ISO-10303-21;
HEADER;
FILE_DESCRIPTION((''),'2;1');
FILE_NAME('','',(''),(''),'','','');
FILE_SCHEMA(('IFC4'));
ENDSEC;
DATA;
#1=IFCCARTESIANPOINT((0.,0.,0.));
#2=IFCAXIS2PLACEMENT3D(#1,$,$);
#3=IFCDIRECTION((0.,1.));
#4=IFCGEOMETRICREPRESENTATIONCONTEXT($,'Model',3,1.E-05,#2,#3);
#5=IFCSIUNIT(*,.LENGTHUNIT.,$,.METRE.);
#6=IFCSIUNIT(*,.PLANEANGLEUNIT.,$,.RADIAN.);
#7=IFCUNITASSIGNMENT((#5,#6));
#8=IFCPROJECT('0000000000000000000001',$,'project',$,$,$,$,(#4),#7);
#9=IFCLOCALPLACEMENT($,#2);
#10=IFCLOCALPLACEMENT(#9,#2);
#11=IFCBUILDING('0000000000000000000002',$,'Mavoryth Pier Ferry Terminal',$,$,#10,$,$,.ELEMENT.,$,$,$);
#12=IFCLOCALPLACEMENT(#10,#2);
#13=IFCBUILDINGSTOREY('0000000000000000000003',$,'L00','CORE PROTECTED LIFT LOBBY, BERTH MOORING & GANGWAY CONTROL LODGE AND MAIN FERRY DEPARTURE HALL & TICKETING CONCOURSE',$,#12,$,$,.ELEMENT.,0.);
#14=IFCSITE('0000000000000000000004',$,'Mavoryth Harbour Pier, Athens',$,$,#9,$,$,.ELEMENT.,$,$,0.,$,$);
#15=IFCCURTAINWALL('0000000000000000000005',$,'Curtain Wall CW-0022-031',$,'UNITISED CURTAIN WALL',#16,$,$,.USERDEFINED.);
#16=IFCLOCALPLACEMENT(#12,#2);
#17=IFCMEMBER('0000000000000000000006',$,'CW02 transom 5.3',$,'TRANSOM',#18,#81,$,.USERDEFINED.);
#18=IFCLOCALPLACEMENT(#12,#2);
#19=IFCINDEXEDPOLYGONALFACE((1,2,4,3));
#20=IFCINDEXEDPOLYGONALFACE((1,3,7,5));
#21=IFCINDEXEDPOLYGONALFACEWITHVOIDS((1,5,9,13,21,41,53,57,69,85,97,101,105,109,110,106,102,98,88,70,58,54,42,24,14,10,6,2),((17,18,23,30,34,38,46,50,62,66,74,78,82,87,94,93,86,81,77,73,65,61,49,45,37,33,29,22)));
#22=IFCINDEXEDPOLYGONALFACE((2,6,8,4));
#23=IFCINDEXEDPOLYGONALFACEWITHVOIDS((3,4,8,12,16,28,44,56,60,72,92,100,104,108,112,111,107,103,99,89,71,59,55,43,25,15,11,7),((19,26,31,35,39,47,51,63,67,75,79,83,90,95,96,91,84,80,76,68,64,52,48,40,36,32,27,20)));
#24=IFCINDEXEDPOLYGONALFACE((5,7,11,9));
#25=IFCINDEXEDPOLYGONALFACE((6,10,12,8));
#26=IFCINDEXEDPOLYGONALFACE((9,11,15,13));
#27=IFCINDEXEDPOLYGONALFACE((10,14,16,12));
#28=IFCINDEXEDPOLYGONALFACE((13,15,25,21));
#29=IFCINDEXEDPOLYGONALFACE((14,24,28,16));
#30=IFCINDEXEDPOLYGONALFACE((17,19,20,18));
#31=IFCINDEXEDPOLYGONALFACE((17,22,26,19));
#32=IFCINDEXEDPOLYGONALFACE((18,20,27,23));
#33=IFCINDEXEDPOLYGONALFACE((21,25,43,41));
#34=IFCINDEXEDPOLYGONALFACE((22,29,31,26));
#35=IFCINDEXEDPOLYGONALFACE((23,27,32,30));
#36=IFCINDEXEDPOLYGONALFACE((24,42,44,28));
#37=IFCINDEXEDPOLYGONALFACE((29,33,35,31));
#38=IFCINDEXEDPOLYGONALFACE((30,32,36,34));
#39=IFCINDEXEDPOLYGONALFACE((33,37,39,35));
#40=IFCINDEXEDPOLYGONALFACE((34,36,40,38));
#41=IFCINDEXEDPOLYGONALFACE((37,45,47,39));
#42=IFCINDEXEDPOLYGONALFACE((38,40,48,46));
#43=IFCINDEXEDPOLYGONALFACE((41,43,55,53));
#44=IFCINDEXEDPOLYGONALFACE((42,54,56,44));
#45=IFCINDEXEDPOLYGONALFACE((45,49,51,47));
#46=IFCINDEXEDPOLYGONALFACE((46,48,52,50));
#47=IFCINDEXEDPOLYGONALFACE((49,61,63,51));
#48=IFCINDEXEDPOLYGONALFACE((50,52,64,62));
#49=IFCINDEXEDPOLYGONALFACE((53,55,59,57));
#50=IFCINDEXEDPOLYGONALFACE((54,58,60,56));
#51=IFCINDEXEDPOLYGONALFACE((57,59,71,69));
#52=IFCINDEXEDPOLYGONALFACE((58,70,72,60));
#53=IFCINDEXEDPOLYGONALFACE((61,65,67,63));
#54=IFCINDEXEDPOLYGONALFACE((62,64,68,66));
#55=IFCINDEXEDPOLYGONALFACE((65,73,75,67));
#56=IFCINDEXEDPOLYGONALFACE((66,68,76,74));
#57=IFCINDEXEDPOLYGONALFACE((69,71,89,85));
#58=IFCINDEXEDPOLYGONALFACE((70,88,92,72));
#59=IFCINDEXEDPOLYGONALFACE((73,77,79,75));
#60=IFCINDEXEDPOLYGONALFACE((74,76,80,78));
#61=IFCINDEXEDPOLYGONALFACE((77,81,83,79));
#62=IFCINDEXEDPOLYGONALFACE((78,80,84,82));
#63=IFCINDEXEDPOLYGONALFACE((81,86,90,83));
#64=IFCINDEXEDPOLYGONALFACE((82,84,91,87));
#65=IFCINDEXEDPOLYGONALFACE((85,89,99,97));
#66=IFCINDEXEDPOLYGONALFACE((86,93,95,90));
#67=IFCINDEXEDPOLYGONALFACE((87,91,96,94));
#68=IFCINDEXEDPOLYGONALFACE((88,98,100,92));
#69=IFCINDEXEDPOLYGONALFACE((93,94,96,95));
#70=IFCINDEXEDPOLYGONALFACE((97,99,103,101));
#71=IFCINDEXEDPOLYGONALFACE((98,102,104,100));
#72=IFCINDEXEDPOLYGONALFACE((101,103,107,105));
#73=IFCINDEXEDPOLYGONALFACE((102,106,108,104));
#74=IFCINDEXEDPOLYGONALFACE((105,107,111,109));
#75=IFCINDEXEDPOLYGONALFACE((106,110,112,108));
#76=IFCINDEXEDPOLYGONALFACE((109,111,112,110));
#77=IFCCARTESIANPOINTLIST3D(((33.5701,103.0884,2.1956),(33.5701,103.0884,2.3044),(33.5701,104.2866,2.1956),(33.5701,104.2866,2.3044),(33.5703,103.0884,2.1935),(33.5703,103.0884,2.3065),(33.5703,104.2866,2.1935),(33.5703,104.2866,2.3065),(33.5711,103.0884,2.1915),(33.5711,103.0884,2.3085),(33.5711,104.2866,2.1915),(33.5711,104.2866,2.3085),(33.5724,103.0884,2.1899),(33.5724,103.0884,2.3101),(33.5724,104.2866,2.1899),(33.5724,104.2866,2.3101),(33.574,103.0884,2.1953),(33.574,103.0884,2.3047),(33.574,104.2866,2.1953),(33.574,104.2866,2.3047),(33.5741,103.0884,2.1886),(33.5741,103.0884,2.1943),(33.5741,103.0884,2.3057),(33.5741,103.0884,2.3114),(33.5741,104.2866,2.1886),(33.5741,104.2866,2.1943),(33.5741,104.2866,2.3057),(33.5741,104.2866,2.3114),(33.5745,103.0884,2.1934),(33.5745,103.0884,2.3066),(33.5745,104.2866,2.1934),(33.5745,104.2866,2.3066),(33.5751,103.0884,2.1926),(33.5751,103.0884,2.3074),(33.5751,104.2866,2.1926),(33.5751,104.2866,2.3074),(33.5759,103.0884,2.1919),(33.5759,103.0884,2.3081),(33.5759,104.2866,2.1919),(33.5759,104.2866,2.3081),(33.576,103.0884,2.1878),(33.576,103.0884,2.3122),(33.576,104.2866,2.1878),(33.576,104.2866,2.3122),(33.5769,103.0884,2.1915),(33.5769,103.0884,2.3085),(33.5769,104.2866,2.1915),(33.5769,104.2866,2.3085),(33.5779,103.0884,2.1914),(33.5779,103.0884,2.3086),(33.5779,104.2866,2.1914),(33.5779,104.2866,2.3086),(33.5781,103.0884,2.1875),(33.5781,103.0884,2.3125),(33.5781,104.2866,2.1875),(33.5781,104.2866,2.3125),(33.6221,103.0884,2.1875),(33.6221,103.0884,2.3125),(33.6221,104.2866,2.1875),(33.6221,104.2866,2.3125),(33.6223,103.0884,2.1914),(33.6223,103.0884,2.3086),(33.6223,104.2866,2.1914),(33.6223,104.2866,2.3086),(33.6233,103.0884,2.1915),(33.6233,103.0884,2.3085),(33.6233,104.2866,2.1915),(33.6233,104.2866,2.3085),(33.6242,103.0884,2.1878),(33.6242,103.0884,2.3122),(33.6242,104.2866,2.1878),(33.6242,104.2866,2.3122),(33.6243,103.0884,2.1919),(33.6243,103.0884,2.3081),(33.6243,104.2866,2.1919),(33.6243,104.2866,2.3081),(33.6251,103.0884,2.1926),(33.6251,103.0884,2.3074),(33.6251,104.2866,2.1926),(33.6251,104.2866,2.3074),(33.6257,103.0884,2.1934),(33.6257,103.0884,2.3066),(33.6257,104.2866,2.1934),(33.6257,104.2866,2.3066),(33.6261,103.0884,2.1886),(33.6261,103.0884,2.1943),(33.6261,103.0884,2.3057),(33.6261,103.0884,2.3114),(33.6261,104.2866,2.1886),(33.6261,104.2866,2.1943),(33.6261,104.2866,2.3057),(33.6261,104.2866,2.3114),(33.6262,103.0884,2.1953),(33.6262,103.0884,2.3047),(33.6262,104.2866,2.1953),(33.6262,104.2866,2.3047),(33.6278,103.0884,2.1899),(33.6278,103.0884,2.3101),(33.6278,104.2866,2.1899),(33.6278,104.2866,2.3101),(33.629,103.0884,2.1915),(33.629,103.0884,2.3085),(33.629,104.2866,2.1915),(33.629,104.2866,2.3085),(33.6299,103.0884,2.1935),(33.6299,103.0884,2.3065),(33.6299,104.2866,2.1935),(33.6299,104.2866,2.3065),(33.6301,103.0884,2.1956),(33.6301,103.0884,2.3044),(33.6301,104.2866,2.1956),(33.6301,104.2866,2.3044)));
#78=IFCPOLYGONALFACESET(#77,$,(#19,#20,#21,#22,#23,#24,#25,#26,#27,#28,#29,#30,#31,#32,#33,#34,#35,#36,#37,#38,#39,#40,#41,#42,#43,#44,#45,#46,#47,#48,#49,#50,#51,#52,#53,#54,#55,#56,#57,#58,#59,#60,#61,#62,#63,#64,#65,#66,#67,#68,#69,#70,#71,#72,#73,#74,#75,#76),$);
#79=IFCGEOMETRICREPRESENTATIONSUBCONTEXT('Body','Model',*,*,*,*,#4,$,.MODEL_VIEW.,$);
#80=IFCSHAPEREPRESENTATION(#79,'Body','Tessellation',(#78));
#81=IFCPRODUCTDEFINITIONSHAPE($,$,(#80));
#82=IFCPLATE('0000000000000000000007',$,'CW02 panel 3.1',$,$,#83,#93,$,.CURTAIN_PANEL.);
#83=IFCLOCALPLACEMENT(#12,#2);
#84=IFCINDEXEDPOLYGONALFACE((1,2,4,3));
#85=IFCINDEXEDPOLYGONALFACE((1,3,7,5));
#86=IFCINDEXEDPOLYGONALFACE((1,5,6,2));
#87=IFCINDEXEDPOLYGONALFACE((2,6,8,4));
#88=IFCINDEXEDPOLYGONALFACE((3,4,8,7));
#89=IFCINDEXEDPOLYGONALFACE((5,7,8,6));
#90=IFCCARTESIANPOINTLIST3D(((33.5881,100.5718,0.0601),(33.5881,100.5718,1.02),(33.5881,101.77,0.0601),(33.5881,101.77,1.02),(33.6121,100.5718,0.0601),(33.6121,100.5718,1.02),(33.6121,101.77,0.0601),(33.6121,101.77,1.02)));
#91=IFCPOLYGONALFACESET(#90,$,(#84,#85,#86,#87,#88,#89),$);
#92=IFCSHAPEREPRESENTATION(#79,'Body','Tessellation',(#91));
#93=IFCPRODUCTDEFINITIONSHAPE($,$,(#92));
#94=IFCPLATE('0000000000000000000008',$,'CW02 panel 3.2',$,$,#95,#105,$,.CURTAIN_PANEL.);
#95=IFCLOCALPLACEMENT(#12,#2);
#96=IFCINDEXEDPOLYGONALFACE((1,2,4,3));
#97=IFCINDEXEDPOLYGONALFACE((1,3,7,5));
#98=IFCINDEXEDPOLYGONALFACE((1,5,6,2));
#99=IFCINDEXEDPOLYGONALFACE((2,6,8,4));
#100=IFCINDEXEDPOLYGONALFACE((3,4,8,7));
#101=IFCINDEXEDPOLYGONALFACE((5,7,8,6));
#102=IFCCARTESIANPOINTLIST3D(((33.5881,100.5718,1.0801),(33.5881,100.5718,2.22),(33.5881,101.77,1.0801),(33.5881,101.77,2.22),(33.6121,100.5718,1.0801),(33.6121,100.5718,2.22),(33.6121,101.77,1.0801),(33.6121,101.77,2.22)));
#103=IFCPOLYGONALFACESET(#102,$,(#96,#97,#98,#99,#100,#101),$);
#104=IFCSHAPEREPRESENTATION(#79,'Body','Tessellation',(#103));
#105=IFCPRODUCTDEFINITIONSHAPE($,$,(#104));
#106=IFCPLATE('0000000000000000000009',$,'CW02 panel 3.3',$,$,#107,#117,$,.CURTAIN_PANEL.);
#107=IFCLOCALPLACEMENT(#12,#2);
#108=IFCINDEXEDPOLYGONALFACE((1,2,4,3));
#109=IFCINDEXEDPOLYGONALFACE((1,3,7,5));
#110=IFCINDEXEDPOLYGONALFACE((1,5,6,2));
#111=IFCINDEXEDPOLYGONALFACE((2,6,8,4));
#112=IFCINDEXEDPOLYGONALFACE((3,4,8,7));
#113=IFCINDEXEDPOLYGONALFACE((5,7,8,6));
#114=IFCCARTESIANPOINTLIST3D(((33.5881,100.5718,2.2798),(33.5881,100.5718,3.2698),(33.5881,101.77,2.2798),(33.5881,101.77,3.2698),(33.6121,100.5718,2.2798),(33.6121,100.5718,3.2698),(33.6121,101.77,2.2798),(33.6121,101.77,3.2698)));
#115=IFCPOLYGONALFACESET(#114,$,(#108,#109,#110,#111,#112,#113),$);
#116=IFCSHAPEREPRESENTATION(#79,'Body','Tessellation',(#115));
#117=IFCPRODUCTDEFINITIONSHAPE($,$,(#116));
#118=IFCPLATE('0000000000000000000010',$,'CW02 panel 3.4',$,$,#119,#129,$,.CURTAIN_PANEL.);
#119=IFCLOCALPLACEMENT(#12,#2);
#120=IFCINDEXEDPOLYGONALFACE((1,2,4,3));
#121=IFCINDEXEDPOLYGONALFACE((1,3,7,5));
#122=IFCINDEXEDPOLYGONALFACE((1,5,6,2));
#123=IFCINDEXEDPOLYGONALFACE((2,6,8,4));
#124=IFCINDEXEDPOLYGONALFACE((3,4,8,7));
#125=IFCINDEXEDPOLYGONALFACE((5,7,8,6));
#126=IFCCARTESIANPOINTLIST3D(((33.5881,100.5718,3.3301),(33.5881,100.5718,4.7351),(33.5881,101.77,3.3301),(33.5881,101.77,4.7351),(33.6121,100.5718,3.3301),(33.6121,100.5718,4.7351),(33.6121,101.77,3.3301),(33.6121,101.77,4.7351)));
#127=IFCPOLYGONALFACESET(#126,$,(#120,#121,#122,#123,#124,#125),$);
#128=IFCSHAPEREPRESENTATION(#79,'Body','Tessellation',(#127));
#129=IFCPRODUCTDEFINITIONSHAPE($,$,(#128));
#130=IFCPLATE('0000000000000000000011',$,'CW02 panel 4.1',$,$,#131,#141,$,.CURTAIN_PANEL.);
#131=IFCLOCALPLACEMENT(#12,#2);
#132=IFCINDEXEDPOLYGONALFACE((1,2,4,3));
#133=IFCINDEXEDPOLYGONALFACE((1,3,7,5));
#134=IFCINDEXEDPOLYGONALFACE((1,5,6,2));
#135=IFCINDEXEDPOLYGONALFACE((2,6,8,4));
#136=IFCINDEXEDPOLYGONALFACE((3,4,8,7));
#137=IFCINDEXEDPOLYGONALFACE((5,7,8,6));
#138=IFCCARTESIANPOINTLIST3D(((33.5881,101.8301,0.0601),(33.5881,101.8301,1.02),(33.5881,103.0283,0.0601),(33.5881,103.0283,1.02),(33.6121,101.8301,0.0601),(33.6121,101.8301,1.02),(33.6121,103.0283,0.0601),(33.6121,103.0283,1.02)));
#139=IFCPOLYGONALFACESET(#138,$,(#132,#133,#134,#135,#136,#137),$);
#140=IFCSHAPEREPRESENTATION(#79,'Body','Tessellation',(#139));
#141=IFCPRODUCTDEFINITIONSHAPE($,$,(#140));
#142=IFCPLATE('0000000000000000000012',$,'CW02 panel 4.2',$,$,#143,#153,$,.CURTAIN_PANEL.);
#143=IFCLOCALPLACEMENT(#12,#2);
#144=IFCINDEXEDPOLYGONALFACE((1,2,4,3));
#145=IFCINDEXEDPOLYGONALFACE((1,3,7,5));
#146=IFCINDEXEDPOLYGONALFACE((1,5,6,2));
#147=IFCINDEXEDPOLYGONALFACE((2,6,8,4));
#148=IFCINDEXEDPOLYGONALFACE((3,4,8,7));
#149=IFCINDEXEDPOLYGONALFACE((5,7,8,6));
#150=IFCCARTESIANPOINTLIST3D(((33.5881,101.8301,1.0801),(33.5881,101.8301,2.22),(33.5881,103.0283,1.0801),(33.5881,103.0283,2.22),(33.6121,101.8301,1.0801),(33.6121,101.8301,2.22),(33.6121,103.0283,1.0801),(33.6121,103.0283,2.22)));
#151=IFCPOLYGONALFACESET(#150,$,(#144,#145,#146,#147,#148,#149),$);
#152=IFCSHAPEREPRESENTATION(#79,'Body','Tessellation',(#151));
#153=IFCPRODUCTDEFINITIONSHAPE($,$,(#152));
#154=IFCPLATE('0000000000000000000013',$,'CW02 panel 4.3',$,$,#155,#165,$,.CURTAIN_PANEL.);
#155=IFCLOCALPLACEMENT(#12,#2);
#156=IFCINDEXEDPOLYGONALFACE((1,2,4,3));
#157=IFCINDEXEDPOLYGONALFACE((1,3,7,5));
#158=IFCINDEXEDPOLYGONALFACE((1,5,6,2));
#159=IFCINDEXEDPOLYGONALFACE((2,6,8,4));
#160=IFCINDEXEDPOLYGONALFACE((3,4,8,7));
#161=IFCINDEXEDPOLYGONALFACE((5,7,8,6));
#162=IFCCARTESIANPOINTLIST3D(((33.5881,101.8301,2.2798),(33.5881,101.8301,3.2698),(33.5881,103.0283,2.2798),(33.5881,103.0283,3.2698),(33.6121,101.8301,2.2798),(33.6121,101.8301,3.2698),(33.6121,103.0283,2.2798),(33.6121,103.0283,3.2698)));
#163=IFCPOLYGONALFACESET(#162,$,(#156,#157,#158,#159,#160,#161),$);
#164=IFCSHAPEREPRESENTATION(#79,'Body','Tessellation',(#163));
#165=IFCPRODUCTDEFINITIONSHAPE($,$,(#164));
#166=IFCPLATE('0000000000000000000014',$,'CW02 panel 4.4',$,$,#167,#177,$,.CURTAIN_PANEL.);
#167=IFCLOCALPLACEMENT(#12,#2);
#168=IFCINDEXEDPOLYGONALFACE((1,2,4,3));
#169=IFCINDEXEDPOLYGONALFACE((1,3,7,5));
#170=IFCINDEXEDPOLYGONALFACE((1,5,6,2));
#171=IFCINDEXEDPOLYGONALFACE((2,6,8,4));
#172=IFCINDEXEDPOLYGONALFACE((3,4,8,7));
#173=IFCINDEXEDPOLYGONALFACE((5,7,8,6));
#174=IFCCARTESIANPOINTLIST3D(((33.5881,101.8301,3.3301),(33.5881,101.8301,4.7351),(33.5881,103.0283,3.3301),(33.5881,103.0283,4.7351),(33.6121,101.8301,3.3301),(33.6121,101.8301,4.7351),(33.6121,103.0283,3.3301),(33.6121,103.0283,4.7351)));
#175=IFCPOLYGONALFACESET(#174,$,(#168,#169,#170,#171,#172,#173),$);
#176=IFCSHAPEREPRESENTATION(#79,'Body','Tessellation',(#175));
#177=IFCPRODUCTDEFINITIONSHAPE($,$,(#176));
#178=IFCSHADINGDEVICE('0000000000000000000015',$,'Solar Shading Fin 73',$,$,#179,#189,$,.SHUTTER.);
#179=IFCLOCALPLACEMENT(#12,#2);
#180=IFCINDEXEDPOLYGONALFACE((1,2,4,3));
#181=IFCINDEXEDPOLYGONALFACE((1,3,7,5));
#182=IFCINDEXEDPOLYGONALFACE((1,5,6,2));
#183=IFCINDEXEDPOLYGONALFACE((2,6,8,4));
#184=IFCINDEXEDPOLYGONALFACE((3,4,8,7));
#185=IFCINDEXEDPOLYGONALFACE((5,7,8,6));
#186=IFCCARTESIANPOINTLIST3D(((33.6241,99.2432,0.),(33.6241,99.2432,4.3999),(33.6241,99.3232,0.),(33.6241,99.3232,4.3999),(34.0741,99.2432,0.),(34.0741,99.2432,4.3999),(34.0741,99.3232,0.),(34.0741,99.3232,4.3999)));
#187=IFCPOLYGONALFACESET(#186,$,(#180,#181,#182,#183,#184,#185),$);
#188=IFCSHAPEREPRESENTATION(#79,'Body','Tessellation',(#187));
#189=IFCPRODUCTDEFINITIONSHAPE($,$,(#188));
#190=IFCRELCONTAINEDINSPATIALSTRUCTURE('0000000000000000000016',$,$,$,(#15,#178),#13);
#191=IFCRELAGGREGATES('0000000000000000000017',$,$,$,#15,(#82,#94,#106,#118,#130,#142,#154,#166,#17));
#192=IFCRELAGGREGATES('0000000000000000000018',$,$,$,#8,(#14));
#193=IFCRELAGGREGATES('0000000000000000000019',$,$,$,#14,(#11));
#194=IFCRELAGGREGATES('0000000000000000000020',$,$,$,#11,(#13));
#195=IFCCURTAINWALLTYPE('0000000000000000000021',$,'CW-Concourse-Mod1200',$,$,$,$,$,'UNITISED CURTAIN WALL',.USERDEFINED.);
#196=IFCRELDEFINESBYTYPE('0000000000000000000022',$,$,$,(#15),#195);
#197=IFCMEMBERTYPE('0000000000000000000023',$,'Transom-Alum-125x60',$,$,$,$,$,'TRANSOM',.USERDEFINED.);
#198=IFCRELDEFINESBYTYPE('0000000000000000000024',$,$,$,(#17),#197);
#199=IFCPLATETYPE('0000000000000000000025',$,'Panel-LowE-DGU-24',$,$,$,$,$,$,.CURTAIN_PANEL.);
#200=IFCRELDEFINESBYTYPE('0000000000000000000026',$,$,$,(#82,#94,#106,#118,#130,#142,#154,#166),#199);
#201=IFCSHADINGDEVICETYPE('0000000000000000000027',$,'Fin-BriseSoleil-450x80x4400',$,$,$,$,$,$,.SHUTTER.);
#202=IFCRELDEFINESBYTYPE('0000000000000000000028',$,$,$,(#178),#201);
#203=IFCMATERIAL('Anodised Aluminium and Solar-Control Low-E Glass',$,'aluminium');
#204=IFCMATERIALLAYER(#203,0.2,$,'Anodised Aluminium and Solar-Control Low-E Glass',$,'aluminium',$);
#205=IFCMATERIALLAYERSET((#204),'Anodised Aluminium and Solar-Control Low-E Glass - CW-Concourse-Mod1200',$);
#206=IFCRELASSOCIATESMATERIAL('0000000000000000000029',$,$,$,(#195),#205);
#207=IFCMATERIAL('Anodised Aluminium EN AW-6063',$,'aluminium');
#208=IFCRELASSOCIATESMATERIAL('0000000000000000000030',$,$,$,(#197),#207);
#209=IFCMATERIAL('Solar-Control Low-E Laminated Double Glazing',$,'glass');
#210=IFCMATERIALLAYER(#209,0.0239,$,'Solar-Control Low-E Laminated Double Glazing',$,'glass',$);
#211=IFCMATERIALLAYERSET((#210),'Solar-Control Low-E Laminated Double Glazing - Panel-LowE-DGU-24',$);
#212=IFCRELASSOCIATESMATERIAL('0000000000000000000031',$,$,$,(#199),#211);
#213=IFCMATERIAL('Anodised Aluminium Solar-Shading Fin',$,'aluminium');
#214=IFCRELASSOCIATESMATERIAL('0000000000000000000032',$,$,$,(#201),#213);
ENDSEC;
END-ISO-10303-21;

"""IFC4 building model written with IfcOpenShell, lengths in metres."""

from ifc_helpers import new_model, si_unit, direction, frame, origin, origin_2d, place, context, subcontext, project, spatial, rectangle, hollow_rectangle, extrude, material, layer, layer_set, material_profile, profile_set, type_object, element, aggregate, save


model = new_model("IFC4")

# Units and contexts
model_context = context("Model", 3, precision=1e-05, world=origin(), true_north=direction((0.0, 1.0)))
body_context = subcontext(model_context, "Body", "Model", "MODEL_VIEW")
ifc_project = project(units=[si_unit("LENGTHUNIT", "METRE"), si_unit("PLANEANGLEUNIT", "RADIAN")], contexts=[model_context])

# Site, building, storey
site_placement = place(None, origin())
site = spatial("IfcSite", under=ifc_project, at=site_placement, Name="Mavoryth Harbour Pier, Athens", CompositionType="ELEMENT", RefElevation=0.0)
building_placement = place(site_placement, origin())
building = spatial("IfcBuilding", under=site, at=building_placement, Name="Mavoryth Pier Ferry Terminal", CompositionType="ELEMENT")
storey_placement = place(building_placement, origin())
storey = spatial("IfcBuildingStorey", under=building, at=storey_placement, Name="L00", Description="CORE PROTECTED LIFT LOBBY, BERTH MOORING & GANGWAY CONTROL LODGE AND MAIN FERRY DEPARTURE HALL & TICKETING CONCOURSE", CompositionType="ELEMENT", Elevation=0.0)

# Curtain wall, member, plates
ifc_material_1 = material(Name="Anodised Aluminium and Solar-Control Low-E Glass", Category="aluminium")
ifc_layer_1 = layer(ifc_material_1, 0.2, Name="Anodised Aluminium and Solar-Control Low-E Glass", Category="aluminium")
ifc_layer_set_1 = layer_set([ifc_layer_1], Name="Anodised Aluminium and Solar-Control Low-E Glass - CW-Concourse-Mod1200")
curtain_wall_type = type_object("IfcCurtainWallType", Name="CW-Concourse-Mod1200", ElementType="UNITISED CURTAIN WALL", PredefinedType="USERDEFINED", material=ifc_layer_set_1)
curtain_wall_placement = place(storey_placement, origin())
curtain_wall = element("IfcCurtainWall", 1, at=curtain_wall_placement, inside=storey, type_object=curtain_wall_type, Name="Curtain Wall CW-0022-031", ObjectType="UNITISED CURTAIN WALL", PredefinedType="USERDEFINED")
ifc_material_2 = material(Name="Anodised Aluminium EN AW-6063", Category="aluminium")
ifc_material_profile_1 = material_profile(ifc_material_2, hollow_rectangle(XDim=0.0601, YDim=0.125, WallThickness=0.0039, InnerFilletRadius=0.0039, OuterFilletRadius=0.0081, at=origin_2d()), Name="AL-TRAN 125x60x4", Category="aluminium")
ifc_profile_set_1 = profile_set([ifc_material_profile_1], Name="Anodised Aluminium EN AW-6063 - AL-TRAN 125x60x4")
member_type_1 = type_object("IfcMemberType", Name="Transom-Alum-125x60", ElementType="TRANSOM", PredefinedType="USERDEFINED", material=ifc_profile_set_1)
member_1_placement = place(storey_placement, frame((33.6001, 103.0884, 2.25), z_axis=(0.0, 1.0, 0.0), x_axis=(-1.0, 0.0, 0.0)))
member_1 = element("IfcMember", 2, at=member_1_placement, type_object=member_type_1, Name="CW02 transom 5.3", ObjectType="TRANSOM", PredefinedType="USERDEFINED", context=body_context, shape_type="SweptSolid", body=[
    extrude(hollow_rectangle(XDim=0.0601, YDim=0.125, WallThickness=0.0039, InnerFilletRadius=0.0039, OuterFilletRadius=0.0081, at=origin_2d()), origin(), (0.0, 0.0, 1.0), 1.1982),
])
ifc_material_3 = material(Name="Solar-Control Low-E Laminated Double Glazing", Category="glass")
ifc_layer_2 = layer(ifc_material_3, 0.0239, Name="Solar-Control Low-E Laminated Double Glazing", Category="glass")
ifc_layer_set_2 = layer_set([ifc_layer_2], Name="Solar-Control Low-E Laminated Double Glazing - Panel-LowE-DGU-24")
plate_type = type_object("IfcPlateType", Name="Panel-LowE-DGU-24", PredefinedType="CURTAIN_PANEL", material=ifc_layer_set_2)
plate_1_placement = place(storey_placement, frame((33.6001, 101.1709, 0.0601), z_axis=(0.0, 0.0, 1.0), x_axis=(0.0, 1.0, 0.0)))
plate_1 = element("IfcPlate", 3, at=plate_1_placement, type_object=plate_type, Name="CW02 panel 3.1", PredefinedType="CURTAIN_PANEL", context=body_context, shape_type="SweptSolid", body=[
    extrude(rectangle(XDim=1.1982, YDim=0.0239, at=origin_2d()), origin(), (0.0, 0.0, 1.0), 0.96),
])
plate_2_placement = place(storey_placement, frame((33.6001, 101.1709, 1.0801), z_axis=(0.0, 0.0, 1.0), x_axis=(0.0, 1.0, 0.0)))
plate_2 = element("IfcPlate", 4, at=plate_2_placement, type_object=plate_type, Name="CW02 panel 3.2", PredefinedType="CURTAIN_PANEL", context=body_context, shape_type="SweptSolid", body=[
    extrude(rectangle(XDim=1.1982, YDim=0.0239, at=origin_2d()), origin(), (0.0, 0.0, 1.0), 1.1399),
])
plate_3_placement = place(storey_placement, frame((33.6001, 101.1709, 2.2798), z_axis=(0.0, 0.0, 1.0), x_axis=(0.0, 1.0, 0.0)))
plate_3 = element("IfcPlate", 5, at=plate_3_placement, type_object=plate_type, Name="CW02 panel 3.3", PredefinedType="CURTAIN_PANEL", context=body_context, shape_type="SweptSolid", body=[
    extrude(rectangle(XDim=1.1982, YDim=0.0239, at=origin_2d()), origin(), (0.0, 0.0, 1.0), 0.99),
])
plate_4_placement = place(storey_placement, frame((33.6001, 101.1709, 3.3301), z_axis=(0.0, 0.0, 1.0), x_axis=(0.0, 1.0, 0.0)))
plate_4 = element("IfcPlate", 6, at=plate_4_placement, type_object=plate_type, Name="CW02 panel 3.4", PredefinedType="CURTAIN_PANEL", context=body_context, shape_type="SweptSolid", body=[
    extrude(rectangle(XDim=1.1982, YDim=0.0239, at=origin_2d()), origin(), (0.0, 0.0, 1.0), 1.405),
])
plate_5_placement = place(storey_placement, frame((33.6001, 102.4292, 0.0601), z_axis=(0.0, 0.0, 1.0), x_axis=(0.0, 1.0, 0.0)))
plate_5 = element("IfcPlate", 7, at=plate_5_placement, type_object=plate_type, Name="CW02 panel 4.1", PredefinedType="CURTAIN_PANEL", context=body_context, shape_type="SweptSolid", body=[
    extrude(rectangle(XDim=1.1982, YDim=0.0239, at=origin_2d()), origin(), (0.0, 0.0, 1.0), 0.96),
])
plate_6_placement = place(storey_placement, frame((33.6001, 102.4292, 1.0801), z_axis=(0.0, 0.0, 1.0), x_axis=(0.0, 1.0, 0.0)))
plate_6 = element("IfcPlate", 8, at=plate_6_placement, type_object=plate_type, Name="CW02 panel 4.2", PredefinedType="CURTAIN_PANEL", context=body_context, shape_type="SweptSolid", body=[
    extrude(rectangle(XDim=1.1982, YDim=0.0239, at=origin_2d()), origin(), (0.0, 0.0, 1.0), 1.1399),
])
plate_7_placement = place(storey_placement, frame((33.6001, 102.4292, 2.2798), z_axis=(0.0, 0.0, 1.0), x_axis=(0.0, 1.0, 0.0)))
plate_7 = element("IfcPlate", 9, at=plate_7_placement, type_object=plate_type, Name="CW02 panel 4.3", PredefinedType="CURTAIN_PANEL", context=body_context, shape_type="SweptSolid", body=[
    extrude(rectangle(XDim=1.1982, YDim=0.0239, at=origin_2d()), origin(), (0.0, 0.0, 1.0), 0.99),
])
plate_8_placement = place(storey_placement, frame((33.6001, 102.4292, 3.3301), z_axis=(0.0, 0.0, 1.0), x_axis=(0.0, 1.0, 0.0)))
plate_8 = element("IfcPlate", 10, at=plate_8_placement, type_object=plate_type, Name="CW02 panel 4.4", PredefinedType="CURTAIN_PANEL", context=body_context, shape_type="SweptSolid", body=[
    extrude(rectangle(XDim=1.1982, YDim=0.0239, at=origin_2d()), origin(), (0.0, 0.0, 1.0), 1.405),
])
aggregate(curtain_wall, [plate_1, plate_2, plate_3, plate_4, plate_5, plate_6, plate_7, plate_8, member_1])

# Shading device
ifc_material_4 = material(Name="Anodised Aluminium Solar-Shading Fin", Category="aluminium")
shading_device_type = type_object("IfcShadingDeviceType", Name="Fin-BriseSoleil-450x80x4400", PredefinedType="SHUTTER", material=ifc_material_4)
for number, where, z_axis, x_axis, name in (
    (11, (33.8491, 99.2832, 0.0), (0.0, 0.0, 1.0), (0.0, 1.0, 0.0), "Solar Shading Fin 73"),
):
    element("IfcShadingDevice", number, at=place(storey_placement, frame(where, z_axis=z_axis, x_axis=x_axis)), inside=storey, type_object=shading_device_type, Name=name, PredefinedType="SHUTTER", context=body_context, shape_type="SweptSolid", body=[
        extrude(rectangle(XDim=0.0801, YDim=0.45, at=origin_2d()), origin(), (0.0, 0.0, 1.0), 4.3999),
    ])

save(model, "model.ifc")
